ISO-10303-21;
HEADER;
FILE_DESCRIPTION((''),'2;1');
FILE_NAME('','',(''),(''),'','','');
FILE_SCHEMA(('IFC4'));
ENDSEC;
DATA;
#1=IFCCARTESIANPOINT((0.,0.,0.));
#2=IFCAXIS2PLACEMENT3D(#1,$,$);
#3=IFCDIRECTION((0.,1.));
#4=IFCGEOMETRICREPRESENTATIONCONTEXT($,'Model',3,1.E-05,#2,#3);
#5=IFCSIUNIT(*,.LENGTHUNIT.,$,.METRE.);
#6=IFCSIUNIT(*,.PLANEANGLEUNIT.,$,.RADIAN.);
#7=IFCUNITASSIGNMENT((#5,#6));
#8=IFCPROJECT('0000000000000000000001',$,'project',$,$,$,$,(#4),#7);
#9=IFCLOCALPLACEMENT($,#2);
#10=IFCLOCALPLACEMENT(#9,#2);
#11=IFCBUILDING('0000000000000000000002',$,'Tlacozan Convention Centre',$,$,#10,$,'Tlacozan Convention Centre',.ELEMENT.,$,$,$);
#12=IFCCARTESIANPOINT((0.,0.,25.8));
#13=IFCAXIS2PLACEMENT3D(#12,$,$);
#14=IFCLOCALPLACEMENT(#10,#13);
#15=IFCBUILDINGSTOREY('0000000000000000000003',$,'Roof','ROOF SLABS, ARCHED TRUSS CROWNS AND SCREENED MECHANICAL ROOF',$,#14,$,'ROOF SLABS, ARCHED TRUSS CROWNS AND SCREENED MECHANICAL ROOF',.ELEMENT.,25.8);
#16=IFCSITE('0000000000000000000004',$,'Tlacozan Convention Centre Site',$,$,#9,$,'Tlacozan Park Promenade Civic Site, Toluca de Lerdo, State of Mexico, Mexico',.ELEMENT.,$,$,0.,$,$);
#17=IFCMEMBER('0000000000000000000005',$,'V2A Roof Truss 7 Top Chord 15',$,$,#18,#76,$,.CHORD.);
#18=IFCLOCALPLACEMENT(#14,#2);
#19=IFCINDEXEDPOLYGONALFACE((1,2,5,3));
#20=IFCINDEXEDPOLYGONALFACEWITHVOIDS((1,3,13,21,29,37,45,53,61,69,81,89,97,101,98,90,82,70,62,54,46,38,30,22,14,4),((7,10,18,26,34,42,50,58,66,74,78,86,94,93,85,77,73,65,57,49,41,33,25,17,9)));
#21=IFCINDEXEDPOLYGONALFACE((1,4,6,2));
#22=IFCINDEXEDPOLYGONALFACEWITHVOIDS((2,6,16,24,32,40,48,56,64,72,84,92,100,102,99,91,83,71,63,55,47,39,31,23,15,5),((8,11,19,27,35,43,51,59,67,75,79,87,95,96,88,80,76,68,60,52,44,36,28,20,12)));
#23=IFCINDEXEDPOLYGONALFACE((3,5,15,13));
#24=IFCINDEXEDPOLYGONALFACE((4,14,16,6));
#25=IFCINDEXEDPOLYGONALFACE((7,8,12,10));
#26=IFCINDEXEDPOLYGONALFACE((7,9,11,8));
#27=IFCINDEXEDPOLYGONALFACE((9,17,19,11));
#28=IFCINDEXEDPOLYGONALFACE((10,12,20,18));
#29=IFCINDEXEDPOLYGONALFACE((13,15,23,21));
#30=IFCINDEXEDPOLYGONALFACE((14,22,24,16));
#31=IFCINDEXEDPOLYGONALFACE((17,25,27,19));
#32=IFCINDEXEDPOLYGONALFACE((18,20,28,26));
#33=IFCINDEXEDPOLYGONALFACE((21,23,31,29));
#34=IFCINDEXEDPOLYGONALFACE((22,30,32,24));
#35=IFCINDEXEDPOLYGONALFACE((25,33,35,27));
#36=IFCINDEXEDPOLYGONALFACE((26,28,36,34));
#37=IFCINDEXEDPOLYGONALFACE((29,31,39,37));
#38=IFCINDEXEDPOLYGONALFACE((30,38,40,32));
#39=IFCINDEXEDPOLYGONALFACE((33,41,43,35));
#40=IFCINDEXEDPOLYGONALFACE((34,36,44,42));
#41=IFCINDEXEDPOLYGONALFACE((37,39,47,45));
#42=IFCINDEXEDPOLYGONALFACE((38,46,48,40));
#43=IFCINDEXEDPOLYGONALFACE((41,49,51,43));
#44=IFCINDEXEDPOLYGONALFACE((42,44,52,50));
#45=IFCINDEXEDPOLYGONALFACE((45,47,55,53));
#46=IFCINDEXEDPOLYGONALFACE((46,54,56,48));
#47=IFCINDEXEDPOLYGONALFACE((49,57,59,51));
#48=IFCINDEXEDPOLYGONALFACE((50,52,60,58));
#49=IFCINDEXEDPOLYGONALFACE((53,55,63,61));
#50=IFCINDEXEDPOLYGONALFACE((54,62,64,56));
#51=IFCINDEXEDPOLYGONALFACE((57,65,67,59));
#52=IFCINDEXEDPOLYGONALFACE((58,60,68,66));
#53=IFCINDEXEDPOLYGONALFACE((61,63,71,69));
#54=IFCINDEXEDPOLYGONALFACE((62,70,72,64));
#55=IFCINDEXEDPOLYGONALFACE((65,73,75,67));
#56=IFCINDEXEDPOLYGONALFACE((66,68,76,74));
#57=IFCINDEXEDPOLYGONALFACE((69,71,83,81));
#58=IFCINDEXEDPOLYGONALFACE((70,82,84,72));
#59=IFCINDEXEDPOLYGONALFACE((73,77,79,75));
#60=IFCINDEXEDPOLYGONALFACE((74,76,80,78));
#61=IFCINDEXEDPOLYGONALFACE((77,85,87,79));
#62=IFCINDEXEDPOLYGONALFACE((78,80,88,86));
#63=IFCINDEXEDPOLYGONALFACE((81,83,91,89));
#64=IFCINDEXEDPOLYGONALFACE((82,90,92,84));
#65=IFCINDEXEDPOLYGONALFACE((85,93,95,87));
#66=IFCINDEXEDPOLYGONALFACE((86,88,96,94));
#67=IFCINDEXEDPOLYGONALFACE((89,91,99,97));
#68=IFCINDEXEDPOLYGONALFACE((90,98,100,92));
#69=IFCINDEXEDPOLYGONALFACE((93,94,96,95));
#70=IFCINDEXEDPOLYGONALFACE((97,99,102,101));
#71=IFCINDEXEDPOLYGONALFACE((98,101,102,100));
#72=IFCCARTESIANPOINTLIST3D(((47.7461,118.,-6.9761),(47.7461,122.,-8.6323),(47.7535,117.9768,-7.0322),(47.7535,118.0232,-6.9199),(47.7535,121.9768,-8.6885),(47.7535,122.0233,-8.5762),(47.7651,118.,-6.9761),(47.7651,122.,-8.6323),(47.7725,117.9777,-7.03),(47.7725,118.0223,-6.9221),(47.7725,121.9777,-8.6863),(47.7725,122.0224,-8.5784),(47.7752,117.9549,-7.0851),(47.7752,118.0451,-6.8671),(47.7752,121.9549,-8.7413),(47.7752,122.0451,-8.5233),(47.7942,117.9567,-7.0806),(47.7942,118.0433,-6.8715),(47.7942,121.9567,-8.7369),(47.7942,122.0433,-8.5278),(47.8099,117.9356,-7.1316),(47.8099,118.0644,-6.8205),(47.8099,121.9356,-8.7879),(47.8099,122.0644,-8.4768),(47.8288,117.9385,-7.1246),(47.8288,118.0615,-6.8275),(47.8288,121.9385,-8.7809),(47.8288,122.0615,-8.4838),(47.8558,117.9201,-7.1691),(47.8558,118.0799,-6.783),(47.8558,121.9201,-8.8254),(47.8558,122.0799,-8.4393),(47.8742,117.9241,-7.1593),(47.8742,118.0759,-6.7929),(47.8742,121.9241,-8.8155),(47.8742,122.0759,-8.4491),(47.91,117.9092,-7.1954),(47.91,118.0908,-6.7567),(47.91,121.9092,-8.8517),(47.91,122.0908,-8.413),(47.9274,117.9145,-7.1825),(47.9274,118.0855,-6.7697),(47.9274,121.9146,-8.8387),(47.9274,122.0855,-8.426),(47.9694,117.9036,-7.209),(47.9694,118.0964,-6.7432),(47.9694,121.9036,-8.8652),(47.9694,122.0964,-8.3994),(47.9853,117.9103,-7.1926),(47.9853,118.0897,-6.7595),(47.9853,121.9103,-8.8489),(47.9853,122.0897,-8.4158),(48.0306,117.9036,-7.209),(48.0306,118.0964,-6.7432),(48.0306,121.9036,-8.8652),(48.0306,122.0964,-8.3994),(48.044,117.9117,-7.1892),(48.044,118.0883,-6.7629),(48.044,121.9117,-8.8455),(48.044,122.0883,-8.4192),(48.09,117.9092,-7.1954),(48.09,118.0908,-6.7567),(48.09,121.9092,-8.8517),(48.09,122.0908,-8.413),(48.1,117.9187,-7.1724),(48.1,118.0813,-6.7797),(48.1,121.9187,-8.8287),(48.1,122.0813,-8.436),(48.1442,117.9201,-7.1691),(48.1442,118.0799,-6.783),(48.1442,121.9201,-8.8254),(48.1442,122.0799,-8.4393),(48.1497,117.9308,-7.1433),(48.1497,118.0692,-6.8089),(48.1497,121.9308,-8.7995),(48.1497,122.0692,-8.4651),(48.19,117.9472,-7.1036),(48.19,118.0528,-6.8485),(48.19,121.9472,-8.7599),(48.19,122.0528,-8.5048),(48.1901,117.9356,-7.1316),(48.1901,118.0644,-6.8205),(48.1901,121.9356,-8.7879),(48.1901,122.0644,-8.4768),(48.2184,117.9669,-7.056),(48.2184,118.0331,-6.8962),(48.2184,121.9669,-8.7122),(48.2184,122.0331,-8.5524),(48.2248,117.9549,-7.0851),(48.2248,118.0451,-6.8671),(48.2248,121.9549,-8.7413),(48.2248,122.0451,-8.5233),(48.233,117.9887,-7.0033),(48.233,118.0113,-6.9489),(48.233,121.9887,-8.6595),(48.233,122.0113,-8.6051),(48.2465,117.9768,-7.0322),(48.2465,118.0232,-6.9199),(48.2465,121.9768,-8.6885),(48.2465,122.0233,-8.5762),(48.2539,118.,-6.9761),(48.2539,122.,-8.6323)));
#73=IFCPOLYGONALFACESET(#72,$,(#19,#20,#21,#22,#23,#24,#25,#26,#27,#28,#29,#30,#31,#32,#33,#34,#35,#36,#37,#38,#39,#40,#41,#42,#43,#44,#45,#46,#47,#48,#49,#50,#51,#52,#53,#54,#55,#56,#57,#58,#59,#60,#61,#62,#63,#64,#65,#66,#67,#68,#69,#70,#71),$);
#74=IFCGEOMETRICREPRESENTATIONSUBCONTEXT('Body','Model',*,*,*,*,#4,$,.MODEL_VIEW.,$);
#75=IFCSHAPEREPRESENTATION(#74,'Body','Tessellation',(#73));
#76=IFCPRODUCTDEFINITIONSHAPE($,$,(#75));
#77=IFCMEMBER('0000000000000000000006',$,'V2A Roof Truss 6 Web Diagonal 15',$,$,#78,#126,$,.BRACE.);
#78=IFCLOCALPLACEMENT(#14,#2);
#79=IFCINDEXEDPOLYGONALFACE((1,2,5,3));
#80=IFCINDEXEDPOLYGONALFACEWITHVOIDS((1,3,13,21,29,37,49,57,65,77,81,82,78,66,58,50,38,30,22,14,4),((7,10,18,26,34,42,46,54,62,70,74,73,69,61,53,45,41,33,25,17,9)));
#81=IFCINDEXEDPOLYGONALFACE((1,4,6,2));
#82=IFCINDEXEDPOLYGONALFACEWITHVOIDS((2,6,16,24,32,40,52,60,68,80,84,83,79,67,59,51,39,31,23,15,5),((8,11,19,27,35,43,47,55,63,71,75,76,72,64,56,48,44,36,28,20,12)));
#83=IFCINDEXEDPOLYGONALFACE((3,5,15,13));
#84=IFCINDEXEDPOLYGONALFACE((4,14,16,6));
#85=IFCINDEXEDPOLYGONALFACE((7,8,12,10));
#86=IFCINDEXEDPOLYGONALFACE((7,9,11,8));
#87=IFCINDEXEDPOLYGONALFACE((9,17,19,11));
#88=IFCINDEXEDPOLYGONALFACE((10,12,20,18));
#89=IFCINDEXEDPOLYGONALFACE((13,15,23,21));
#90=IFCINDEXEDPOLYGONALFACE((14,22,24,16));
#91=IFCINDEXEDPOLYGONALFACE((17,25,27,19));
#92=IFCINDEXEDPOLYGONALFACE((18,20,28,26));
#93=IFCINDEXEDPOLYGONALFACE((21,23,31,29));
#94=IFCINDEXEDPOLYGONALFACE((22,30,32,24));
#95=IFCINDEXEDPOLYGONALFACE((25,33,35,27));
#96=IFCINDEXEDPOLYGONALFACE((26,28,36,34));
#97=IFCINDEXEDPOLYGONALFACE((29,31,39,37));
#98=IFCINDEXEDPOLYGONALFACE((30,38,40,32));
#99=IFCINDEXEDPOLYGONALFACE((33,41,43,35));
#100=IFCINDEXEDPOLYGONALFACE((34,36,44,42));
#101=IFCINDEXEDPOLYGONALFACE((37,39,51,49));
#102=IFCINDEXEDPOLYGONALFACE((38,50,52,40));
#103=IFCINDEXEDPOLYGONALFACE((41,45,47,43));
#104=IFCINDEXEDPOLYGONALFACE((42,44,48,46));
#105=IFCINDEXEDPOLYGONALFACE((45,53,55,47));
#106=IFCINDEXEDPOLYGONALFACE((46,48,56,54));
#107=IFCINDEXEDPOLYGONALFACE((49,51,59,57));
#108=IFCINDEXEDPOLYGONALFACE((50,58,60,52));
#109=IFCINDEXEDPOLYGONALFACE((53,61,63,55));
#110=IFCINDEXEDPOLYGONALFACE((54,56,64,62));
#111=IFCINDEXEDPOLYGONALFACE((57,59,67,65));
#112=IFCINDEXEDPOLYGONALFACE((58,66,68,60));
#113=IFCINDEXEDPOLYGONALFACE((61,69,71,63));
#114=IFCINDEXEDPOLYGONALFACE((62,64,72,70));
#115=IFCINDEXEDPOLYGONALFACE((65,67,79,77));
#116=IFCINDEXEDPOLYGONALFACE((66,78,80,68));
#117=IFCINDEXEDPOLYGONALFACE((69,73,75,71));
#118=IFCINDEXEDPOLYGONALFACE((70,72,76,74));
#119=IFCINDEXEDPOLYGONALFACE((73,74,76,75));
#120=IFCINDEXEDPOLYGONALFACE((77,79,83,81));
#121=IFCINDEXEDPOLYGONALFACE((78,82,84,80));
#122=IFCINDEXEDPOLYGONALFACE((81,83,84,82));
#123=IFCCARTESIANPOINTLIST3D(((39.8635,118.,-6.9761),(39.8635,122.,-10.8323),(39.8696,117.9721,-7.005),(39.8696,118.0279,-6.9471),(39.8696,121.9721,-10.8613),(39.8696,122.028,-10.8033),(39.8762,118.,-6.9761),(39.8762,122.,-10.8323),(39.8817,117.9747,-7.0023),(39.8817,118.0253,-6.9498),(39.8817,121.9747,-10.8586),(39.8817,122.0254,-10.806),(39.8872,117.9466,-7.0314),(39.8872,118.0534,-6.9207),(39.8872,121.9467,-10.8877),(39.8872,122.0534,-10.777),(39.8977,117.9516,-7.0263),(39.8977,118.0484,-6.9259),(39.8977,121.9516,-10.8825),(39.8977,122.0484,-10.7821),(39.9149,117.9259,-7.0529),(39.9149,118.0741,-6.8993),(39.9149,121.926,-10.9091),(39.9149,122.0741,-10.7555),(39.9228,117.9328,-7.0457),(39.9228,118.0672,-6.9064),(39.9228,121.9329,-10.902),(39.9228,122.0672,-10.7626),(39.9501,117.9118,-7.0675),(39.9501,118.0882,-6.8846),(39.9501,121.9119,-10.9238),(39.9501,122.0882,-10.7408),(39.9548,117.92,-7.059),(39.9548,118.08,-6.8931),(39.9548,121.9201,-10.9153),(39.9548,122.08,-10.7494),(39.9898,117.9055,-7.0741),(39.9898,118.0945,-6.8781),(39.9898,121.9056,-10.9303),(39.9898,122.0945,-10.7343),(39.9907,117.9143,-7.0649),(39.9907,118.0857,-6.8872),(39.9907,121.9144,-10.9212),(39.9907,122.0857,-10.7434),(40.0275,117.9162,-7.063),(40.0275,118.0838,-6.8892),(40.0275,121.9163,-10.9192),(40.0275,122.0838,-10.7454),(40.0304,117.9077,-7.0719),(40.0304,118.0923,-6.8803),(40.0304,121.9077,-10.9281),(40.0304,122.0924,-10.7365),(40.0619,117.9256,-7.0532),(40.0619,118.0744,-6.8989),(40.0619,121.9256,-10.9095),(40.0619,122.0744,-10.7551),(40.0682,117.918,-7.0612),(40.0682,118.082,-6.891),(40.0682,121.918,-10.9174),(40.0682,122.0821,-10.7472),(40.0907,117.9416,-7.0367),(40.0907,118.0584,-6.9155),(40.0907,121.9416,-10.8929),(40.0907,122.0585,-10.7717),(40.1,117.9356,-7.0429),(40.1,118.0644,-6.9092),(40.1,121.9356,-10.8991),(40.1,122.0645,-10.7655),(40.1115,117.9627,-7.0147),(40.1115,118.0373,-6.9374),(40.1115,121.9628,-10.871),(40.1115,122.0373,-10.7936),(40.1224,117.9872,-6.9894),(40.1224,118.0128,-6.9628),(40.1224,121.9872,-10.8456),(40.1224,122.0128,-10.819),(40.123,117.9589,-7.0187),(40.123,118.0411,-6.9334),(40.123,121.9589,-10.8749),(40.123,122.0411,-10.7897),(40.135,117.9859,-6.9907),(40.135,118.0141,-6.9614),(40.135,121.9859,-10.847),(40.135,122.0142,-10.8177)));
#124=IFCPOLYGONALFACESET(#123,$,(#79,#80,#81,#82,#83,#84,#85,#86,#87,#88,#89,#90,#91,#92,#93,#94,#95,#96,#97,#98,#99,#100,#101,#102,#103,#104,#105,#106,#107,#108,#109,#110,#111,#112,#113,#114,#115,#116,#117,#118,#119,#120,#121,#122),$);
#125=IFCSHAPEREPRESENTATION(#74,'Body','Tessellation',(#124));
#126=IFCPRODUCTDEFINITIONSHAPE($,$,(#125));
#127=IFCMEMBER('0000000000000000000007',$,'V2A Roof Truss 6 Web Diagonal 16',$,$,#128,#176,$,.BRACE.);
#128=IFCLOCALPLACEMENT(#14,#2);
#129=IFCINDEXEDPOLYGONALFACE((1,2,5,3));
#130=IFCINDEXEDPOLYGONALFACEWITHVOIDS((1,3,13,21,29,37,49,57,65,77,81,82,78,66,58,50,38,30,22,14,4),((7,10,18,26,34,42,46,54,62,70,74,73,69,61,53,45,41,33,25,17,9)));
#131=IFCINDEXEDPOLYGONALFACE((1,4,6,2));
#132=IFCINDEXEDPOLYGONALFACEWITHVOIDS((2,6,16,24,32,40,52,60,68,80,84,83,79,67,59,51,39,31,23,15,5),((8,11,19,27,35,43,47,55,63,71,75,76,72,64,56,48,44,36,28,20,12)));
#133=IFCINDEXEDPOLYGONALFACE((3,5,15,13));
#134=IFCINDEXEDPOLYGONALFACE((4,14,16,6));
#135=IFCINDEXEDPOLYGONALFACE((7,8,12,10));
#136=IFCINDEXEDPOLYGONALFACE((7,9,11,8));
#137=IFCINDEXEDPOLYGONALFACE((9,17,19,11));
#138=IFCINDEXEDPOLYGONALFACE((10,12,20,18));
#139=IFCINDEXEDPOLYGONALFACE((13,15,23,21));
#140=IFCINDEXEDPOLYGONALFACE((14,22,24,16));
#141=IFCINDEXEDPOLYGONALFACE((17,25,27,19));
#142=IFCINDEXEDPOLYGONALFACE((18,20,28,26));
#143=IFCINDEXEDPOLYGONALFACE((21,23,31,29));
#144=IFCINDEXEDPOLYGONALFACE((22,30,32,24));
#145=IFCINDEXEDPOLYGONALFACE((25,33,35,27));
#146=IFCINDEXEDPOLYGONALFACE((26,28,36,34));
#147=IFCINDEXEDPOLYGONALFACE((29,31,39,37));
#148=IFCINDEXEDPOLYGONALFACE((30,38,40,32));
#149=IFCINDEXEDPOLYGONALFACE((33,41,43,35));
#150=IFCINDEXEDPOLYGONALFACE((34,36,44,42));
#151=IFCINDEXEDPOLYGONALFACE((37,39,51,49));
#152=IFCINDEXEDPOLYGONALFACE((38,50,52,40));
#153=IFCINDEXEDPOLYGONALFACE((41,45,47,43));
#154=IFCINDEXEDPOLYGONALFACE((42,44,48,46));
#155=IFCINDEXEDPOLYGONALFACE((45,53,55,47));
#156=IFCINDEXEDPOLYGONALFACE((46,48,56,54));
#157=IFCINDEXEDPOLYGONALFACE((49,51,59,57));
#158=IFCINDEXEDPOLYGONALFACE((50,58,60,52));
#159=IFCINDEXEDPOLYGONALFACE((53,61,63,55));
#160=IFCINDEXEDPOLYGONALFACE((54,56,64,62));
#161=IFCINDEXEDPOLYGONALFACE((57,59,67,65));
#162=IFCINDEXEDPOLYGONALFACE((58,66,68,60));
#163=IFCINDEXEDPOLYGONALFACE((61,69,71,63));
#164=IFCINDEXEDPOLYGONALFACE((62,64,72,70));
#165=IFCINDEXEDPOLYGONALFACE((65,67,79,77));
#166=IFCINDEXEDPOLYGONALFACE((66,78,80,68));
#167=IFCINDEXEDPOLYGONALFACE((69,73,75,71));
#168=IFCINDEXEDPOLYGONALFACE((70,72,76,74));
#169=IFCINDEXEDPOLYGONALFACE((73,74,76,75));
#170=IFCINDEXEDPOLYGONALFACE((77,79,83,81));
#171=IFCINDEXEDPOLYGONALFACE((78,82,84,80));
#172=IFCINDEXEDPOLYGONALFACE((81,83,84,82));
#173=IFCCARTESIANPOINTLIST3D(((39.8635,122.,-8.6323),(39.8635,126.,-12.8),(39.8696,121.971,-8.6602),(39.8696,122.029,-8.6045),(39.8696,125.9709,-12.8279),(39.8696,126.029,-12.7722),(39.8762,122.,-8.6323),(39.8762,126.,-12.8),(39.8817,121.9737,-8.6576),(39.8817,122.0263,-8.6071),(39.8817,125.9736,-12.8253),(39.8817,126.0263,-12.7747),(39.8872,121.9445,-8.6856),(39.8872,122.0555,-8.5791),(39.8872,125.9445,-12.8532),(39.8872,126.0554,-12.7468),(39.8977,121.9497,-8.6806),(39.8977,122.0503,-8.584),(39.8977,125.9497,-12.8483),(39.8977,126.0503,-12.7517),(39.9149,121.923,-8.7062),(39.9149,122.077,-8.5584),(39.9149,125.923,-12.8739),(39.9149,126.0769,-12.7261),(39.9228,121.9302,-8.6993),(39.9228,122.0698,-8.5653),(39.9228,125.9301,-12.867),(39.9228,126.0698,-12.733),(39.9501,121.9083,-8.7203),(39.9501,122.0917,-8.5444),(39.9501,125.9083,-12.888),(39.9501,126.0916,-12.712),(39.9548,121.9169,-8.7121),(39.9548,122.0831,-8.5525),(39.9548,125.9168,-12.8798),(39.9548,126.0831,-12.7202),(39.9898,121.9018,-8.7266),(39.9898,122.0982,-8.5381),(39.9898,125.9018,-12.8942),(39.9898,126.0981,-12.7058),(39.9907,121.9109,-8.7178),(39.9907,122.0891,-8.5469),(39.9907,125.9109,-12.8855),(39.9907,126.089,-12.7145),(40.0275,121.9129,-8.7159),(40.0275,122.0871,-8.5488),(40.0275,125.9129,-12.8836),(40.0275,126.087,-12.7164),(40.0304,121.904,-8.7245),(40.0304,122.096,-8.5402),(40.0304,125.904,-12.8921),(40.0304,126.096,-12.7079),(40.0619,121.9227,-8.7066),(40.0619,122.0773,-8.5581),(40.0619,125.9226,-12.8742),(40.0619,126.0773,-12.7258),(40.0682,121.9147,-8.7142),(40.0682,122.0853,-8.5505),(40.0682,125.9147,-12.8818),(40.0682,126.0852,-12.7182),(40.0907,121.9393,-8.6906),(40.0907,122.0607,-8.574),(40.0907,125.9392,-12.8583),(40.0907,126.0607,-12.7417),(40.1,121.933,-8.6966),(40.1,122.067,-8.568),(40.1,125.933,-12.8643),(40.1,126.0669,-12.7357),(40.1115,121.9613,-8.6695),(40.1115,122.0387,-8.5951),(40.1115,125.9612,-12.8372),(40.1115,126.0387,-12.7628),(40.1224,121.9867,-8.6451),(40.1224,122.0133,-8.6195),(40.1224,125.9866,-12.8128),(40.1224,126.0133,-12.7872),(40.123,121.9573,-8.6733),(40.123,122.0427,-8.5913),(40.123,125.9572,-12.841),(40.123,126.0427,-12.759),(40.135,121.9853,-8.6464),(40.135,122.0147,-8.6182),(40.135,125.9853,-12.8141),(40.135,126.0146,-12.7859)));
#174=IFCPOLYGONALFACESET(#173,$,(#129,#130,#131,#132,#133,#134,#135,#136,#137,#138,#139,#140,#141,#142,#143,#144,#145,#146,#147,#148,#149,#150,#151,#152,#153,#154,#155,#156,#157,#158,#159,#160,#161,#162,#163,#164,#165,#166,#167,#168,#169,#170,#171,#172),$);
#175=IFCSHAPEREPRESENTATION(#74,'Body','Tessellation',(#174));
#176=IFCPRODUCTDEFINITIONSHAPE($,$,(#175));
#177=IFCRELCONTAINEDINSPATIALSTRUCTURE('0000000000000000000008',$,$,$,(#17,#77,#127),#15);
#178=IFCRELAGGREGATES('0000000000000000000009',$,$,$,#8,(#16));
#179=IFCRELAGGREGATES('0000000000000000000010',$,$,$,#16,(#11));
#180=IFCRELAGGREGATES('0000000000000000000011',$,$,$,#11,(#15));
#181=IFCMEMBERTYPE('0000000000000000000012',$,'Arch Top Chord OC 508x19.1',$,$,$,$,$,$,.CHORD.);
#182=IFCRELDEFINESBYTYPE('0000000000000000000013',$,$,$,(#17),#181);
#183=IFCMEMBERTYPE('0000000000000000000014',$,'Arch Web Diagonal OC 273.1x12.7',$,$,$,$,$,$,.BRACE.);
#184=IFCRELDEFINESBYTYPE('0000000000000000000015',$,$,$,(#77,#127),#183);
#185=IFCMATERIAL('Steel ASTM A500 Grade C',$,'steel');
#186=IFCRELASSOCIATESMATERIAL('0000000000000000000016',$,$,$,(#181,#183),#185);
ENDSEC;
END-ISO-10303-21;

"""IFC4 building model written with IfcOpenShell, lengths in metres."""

from ifc_helpers import new_model, si_unit, direction, frame, origin, origin_2d, place, context, subcontext, project, spatial, hollow_circle, extrude, material, material_profile, profile_set, type_object, element, save


model = new_model("IFC4")

# Units and contexts
model_context = context("Model", 3, precision=1e-05, world=origin(), true_north=direction((0.0, 1.0)))
body_context = subcontext(model_context, "Body", "Model", "MODEL_VIEW")
ifc_project = project(units=[si_unit("LENGTHUNIT", "METRE"), si_unit("PLANEANGLEUNIT", "RADIAN")], contexts=[model_context])

# Site, building, storey
site_placement = place(None, origin())
site = spatial("IfcSite", under=ifc_project, at=site_placement, Name="Tlacozan Convention Centre Site", LongName="Tlacozan Park Promenade Civic Site, Toluca de Lerdo, State of Mexico, Mexico", CompositionType="ELEMENT", RefElevation=0.0)
building_placement = place(site_placement, origin())
building = spatial("IfcBuilding", under=site, at=building_placement, Name="Tlacozan Convention Centre", LongName="Tlacozan Convention Centre", CompositionType="ELEMENT")
storey_placement = place(building_placement, frame((0.0, 0.0, 25.8)))
storey = spatial("IfcBuildingStorey", under=building, at=storey_placement, Name="Roof", Description="ROOF SLABS, ARCHED TRUSS CROWNS AND SCREENED MECHANICAL ROOF", LongName="ROOF SLABS, ARCHED TRUSS CROWNS AND SCREENED MECHANICAL ROOF", CompositionType="ELEMENT", Elevation=25.8)

# Members
ifc_material_1 = material(Name="Steel ASTM A500 Grade C", Category="steel")
ifc_material_profile_1 = material_profile(ifc_material_1, hollow_circle(Radius=0.2539, WallThickness=0.019, at=origin_2d()), Name="OC 508.0x19.1")
ifc_profile_set_1 = profile_set([ifc_material_profile_1], Name="Steel ASTM A500 Grade C")
member_type_1 = type_object("IfcMemberType", Name="Arch Top Chord OC 508x19.1", PredefinedType="CHORD", material=ifc_profile_set_1)
member_1_placement = place(storey_placement, frame((48.0, 118.0, -6.9761), z_axis=(0.0, 0.923929, -0.382564), x_axis=(-1.0, 0.0, 0.0)))
element("IfcMember", 1, at=member_1_placement, inside=storey, type_object=member_type_1, Name="V2A Roof Truss 7 Top Chord 15", PredefinedType="CHORD", context=body_context, shape_type="SweptSolid", body=[
    extrude(hollow_circle(Radius=0.2539, WallThickness=0.019, at=origin_2d()), origin(), (0.0, 0.0, 1.0), 4.3293),
])
ifc_material_profile_2 = material_profile(ifc_material_1, hollow_circle(Radius=0.1365, WallThickness=0.0127, at=origin_2d()), Name="OC 273.1x12.7")
ifc_profile_set_2 = profile_set([ifc_material_profile_2], Name="Steel ASTM A500 Grade C")
member_type_2 = type_object("IfcMemberType", Name="Arch Web Diagonal OC 273.1x12.7", PredefinedType="BRACE", material=ifc_profile_set_2)
member_2_placement = place(storey_placement, frame((40.0, 118.0, -6.9761), z_axis=(0.0, 0.719929, -0.694048), x_axis=(-1.0, 0.0, 0.0)))
element("IfcMember", 2, at=member_2_placement, inside=storey, type_object=member_type_2, Name="V2A Roof Truss 6 Web Diagonal 15", PredefinedType="BRACE", context=body_context, shape_type="SweptSolid", body=[
    extrude(hollow_circle(Radius=0.1365, WallThickness=0.0127, at=origin_2d()), origin(), (0.0, 0.0, 1.0), 5.5562),
])
member_3_placement = place(storey_placement, frame((40.0, 122.0, -8.6323), z_axis=(0.0, 0.69244, -0.721475), x_axis=(-1.0, 0.0, 0.0)))
element("IfcMember", 3, at=member_3_placement, inside=storey, type_object=member_type_2, Name="V2A Roof Truss 6 Web Diagonal 16", PredefinedType="BRACE", context=body_context, shape_type="SweptSolid", body=[
    extrude(hollow_circle(Radius=0.1365, WallThickness=0.0127, at=origin_2d()), origin(), (0.0, 0.0, 1.0), 5.7766),
])

save(model, "model.ifc")
